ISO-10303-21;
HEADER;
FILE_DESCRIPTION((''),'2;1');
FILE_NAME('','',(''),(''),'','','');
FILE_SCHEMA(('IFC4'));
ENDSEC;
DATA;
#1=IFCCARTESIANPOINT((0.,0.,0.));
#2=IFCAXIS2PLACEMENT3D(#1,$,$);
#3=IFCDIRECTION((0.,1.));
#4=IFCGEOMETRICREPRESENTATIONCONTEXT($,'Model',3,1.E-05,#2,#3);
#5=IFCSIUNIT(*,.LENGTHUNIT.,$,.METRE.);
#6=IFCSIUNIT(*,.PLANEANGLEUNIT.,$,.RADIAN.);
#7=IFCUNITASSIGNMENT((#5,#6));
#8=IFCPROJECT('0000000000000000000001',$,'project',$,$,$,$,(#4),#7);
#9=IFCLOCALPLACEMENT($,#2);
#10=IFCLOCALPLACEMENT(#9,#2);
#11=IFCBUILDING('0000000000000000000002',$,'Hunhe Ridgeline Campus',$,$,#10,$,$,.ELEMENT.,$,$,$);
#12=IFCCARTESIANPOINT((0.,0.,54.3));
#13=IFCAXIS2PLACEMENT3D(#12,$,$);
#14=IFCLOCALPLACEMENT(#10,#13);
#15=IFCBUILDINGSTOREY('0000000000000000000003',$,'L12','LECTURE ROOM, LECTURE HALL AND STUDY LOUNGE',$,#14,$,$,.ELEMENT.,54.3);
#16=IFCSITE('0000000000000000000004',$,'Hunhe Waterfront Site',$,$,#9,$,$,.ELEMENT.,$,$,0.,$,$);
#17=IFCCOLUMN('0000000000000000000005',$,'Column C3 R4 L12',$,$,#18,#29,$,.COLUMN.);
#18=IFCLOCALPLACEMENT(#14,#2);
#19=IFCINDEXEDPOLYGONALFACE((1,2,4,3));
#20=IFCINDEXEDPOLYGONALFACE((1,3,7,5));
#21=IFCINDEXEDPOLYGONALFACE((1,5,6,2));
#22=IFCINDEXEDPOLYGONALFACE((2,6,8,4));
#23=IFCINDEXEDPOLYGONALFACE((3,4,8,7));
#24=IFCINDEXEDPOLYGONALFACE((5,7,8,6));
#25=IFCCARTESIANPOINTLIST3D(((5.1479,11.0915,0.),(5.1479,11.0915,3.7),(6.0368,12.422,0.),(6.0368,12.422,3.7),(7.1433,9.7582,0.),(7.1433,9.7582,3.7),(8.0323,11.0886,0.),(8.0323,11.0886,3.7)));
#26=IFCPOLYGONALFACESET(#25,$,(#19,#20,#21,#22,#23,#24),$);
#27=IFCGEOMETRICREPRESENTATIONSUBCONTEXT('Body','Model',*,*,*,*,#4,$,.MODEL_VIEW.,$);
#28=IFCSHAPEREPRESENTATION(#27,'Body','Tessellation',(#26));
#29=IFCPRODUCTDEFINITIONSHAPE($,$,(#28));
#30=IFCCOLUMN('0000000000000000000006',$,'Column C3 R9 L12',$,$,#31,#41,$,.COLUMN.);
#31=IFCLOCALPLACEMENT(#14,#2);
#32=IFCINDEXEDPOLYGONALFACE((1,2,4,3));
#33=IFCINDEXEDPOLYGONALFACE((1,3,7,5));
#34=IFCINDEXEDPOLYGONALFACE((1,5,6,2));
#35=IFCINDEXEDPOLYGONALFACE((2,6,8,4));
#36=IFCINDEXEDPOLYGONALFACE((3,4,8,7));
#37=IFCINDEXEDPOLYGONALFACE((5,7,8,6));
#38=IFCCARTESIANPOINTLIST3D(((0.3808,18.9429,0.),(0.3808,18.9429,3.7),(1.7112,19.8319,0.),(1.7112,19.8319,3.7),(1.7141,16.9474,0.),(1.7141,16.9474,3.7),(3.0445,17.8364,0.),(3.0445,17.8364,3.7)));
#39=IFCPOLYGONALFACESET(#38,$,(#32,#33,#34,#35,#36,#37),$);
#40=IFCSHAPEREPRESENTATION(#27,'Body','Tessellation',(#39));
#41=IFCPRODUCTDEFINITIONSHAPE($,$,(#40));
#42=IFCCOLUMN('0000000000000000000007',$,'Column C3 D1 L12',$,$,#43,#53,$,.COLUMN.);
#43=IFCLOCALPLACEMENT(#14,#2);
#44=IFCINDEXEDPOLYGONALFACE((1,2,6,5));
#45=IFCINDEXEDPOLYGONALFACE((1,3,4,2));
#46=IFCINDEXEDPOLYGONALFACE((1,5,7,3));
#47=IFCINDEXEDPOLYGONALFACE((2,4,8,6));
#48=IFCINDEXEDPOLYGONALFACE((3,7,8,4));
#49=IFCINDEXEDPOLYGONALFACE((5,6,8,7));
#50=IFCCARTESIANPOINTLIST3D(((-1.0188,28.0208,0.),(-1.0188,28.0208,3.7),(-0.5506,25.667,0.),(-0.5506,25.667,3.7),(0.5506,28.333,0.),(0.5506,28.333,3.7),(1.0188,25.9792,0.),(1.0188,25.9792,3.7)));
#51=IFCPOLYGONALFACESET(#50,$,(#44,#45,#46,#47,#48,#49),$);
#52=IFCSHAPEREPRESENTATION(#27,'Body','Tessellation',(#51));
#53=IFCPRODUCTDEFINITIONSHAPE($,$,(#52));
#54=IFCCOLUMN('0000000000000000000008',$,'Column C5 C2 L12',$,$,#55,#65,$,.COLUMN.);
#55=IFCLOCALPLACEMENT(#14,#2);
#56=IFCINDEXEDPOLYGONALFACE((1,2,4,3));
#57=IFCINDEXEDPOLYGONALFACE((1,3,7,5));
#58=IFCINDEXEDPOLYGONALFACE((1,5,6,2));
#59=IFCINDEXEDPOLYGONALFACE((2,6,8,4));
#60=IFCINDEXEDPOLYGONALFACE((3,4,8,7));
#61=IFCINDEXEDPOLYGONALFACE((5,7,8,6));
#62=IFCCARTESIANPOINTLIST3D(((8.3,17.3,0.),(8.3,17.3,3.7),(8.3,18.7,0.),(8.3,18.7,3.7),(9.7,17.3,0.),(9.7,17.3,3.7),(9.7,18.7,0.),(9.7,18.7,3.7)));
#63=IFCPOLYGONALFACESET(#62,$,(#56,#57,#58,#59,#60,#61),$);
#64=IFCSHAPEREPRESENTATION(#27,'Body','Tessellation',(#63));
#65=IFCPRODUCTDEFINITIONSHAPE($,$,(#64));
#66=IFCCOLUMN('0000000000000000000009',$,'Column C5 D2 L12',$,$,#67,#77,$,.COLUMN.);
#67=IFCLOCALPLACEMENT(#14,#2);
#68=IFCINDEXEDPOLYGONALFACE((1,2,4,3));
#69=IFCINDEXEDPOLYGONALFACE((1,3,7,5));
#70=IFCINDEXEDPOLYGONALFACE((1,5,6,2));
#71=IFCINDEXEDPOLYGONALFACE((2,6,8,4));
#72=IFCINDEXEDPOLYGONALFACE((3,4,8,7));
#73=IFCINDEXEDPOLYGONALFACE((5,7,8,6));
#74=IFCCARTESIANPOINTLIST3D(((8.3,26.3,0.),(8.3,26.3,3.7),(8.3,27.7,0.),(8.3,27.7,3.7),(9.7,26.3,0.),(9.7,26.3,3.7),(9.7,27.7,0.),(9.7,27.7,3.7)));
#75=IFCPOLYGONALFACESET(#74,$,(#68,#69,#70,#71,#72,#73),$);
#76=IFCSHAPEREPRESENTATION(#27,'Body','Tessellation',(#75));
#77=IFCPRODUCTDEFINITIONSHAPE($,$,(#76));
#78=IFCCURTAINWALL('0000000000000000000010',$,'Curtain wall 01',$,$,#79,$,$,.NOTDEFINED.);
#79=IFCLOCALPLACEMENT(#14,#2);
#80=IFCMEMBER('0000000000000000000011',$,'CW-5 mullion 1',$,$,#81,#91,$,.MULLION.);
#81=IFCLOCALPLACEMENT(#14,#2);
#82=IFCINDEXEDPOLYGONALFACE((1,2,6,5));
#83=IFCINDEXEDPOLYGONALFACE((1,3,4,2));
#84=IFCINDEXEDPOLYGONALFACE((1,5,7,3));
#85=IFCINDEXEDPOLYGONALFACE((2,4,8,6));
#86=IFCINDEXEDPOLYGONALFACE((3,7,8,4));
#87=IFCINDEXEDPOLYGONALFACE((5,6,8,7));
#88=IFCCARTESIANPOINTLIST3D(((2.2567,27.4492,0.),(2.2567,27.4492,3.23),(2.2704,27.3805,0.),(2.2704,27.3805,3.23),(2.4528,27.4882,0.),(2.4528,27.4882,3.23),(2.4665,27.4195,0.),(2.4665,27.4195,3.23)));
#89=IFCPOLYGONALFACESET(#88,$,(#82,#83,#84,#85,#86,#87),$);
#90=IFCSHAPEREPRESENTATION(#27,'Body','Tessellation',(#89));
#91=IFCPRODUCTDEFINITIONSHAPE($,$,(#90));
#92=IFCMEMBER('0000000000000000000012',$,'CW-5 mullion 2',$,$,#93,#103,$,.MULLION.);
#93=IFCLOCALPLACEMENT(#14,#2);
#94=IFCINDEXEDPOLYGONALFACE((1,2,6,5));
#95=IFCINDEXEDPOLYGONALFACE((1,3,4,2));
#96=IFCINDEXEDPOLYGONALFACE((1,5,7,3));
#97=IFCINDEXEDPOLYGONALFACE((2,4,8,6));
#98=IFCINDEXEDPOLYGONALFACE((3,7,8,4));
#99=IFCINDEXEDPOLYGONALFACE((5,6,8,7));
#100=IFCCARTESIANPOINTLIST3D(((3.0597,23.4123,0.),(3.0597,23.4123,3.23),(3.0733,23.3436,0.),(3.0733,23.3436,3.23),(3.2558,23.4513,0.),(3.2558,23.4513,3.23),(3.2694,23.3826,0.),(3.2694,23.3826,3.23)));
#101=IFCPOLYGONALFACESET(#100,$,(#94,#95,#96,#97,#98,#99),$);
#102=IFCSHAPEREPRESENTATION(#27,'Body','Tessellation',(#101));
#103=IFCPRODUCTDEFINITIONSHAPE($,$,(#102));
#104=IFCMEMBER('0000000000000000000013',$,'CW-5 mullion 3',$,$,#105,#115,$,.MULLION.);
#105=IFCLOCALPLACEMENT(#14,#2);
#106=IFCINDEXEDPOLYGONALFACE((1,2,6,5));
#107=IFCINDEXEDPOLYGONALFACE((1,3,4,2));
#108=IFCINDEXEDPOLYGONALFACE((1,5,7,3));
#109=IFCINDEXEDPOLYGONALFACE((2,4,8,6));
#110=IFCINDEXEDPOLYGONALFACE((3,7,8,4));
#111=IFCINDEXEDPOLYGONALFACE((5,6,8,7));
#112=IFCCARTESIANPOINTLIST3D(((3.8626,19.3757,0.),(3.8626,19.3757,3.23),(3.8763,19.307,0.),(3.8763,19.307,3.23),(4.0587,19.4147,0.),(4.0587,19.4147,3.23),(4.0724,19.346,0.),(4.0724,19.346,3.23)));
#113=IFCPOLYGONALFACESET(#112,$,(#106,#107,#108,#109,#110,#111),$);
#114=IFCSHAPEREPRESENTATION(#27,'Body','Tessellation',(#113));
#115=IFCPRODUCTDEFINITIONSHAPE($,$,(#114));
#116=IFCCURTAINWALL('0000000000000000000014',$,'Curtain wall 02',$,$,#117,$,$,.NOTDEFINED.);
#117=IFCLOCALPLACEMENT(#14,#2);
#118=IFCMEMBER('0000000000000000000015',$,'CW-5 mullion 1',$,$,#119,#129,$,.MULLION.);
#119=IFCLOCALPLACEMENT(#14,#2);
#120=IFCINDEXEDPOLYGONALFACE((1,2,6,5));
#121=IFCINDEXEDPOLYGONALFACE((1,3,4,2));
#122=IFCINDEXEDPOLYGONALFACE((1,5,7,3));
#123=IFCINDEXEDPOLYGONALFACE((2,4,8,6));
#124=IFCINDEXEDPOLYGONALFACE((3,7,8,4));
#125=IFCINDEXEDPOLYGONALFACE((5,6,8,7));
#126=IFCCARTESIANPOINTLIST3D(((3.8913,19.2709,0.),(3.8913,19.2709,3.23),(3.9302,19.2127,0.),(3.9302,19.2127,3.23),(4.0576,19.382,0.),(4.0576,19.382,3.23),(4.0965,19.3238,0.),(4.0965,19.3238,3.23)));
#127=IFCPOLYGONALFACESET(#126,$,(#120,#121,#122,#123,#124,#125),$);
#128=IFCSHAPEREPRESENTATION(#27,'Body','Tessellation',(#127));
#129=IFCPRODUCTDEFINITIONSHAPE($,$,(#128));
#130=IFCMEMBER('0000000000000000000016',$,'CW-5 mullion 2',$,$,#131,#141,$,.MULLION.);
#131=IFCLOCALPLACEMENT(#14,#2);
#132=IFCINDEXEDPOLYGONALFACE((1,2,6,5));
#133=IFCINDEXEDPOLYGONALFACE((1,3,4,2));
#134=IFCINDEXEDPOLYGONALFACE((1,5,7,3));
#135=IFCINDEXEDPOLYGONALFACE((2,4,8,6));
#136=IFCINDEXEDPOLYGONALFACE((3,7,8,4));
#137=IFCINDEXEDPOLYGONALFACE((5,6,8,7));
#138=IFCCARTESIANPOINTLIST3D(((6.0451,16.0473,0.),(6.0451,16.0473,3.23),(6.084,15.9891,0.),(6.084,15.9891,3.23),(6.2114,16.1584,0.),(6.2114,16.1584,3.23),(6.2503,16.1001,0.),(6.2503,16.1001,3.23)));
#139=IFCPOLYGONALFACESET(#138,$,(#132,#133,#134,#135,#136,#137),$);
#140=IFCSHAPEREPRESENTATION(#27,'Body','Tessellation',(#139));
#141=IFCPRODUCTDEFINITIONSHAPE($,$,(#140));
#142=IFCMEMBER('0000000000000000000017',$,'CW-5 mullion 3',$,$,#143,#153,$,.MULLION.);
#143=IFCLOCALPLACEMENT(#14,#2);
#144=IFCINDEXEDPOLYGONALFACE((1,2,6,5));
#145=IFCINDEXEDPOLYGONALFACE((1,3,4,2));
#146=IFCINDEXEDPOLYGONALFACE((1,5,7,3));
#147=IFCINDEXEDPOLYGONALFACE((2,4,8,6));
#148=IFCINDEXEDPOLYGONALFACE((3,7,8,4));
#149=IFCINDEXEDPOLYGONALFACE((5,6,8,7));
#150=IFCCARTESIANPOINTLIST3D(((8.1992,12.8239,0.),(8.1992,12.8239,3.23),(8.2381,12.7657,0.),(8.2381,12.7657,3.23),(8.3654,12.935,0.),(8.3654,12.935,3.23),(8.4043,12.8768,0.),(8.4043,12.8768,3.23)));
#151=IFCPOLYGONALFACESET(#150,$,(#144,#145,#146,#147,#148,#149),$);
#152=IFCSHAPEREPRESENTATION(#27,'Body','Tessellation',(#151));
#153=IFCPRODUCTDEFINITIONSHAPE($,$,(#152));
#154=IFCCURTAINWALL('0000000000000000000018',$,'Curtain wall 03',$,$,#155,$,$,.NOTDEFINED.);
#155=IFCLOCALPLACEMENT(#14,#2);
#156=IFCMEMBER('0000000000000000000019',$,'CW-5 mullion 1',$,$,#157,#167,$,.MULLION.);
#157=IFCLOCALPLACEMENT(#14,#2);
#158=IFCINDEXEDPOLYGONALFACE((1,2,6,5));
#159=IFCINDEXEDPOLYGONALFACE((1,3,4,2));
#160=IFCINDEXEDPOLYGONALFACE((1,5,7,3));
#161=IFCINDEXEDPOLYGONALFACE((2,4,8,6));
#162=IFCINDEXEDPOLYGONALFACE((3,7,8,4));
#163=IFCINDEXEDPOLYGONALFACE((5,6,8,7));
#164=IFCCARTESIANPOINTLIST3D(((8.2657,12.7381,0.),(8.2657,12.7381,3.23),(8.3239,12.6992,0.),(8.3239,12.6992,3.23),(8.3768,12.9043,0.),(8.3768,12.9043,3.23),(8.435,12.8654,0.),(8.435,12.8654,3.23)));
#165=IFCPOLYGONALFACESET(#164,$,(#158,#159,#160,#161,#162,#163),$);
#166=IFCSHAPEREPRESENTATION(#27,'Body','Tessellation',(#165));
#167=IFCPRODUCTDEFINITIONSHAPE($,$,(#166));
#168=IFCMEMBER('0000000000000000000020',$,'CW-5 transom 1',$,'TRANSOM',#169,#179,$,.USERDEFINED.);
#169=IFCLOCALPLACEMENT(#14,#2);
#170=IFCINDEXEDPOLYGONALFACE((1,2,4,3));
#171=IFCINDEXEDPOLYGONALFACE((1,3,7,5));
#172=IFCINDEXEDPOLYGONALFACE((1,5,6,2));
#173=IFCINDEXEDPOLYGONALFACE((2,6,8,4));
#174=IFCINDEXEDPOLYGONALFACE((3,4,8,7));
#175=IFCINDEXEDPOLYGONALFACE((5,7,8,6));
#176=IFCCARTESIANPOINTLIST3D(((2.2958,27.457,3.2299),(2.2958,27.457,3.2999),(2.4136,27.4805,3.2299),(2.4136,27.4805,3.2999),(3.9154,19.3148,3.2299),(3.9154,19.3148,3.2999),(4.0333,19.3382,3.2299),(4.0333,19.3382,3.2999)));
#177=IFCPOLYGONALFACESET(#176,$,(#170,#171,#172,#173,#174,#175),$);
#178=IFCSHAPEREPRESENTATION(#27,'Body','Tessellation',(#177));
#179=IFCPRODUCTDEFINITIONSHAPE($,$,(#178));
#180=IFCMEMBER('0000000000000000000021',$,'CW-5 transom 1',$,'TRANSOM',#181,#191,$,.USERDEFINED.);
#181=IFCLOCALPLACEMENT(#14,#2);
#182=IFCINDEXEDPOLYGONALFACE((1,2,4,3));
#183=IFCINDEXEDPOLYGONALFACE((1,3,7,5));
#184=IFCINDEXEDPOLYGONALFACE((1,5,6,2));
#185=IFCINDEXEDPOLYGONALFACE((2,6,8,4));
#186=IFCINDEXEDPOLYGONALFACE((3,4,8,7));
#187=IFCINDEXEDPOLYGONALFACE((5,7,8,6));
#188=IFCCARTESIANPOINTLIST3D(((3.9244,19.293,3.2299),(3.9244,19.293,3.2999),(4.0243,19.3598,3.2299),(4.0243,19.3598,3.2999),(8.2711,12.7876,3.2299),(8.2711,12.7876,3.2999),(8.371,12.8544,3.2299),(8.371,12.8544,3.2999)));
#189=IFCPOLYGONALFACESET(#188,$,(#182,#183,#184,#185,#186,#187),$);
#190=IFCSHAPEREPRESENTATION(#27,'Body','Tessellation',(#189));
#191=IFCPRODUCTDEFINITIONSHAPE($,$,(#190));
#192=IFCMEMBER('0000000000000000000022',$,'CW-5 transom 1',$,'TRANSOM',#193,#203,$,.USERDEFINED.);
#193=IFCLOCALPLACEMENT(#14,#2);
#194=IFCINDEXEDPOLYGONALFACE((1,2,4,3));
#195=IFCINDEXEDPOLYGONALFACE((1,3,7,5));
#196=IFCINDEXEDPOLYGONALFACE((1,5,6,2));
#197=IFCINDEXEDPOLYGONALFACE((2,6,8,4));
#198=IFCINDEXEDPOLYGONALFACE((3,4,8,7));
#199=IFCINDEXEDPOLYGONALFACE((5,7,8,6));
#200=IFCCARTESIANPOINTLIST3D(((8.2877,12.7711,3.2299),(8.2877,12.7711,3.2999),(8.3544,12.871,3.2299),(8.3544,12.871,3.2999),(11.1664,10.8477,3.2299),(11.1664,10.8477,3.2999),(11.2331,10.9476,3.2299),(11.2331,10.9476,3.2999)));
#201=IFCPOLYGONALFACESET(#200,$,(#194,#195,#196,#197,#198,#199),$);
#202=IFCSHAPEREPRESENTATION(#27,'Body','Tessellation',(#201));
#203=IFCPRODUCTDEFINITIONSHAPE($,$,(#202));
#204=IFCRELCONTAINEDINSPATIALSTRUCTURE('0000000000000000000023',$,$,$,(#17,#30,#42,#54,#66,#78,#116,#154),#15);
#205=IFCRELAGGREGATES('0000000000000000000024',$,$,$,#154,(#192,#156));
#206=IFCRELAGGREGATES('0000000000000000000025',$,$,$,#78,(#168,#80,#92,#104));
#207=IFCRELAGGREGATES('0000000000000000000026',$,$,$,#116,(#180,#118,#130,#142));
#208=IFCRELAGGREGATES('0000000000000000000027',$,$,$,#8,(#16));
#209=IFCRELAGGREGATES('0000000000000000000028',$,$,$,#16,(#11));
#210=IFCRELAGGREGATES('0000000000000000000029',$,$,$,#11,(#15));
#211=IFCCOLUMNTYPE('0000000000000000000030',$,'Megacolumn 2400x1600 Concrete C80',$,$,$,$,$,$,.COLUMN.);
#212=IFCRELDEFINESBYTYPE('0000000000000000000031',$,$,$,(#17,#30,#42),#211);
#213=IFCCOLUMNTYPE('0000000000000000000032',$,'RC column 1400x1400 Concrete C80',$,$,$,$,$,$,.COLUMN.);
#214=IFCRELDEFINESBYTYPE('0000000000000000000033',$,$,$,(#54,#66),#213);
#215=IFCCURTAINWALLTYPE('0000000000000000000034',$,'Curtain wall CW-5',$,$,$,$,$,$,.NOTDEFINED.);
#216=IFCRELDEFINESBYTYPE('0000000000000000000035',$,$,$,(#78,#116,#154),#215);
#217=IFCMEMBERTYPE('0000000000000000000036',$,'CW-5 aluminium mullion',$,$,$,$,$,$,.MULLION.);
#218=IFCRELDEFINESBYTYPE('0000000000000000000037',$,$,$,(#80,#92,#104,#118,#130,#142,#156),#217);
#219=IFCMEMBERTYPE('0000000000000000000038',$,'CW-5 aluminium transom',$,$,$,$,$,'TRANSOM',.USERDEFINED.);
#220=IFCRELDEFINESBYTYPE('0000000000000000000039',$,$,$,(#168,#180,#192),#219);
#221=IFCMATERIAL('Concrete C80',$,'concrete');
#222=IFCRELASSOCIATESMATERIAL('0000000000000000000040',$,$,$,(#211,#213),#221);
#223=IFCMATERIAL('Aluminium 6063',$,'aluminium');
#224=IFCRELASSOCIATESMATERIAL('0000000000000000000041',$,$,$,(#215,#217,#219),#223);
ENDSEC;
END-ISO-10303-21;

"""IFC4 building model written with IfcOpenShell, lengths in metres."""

from ifc_helpers import new_model, si_unit, direction, frame, origin, origin_2d, place, context, subcontext, project, spatial, rectangle, extrude, material, material_profile, profile_set, type_object, element, aggregate, save


model = new_model("IFC4")

# Units and contexts
model_context = context("Model", 3, precision=1e-05, world=origin(), true_north=direction((0.0, 1.0)))
body_context = subcontext(model_context, "Body", "Model", "MODEL_VIEW")
ifc_project = project(units=[si_unit("LENGTHUNIT", "METRE"), si_unit("PLANEANGLEUNIT", "RADIAN")], contexts=[model_context])

# Site, building, storey
site_placement = place(None, origin())
site = spatial("IfcSite", under=ifc_project, at=site_placement, Name="Hunhe Waterfront Site", CompositionType="ELEMENT", RefElevation=0.0)
building_placement = place(site_placement, origin())
building = spatial("IfcBuilding", under=site, at=building_placement, Name="Hunhe Ridgeline Campus", CompositionType="ELEMENT")
storey_placement = place(building_placement, frame((0.0, 0.0, 54.3)))
storey = spatial("IfcBuildingStorey", under=building, at=storey_placement, Name="L12", Description="LECTURE ROOM, LECTURE HALL AND STUDY LOUNGE", CompositionType="ELEMENT", Elevation=54.3)

# Columns
ifc_material_1 = material(Name="Concrete C80", Category="concrete")
ifc_material_profile_1 = material_profile(ifc_material_1, rectangle(XDim=2.3999, YDim=1.6001, at=origin_2d()))
ifc_profile_set_1 = profile_set([ifc_material_profile_1], Name="Concrete C80")
column_type_1 = type_object("IfcColumnType", Name="Megacolumn 2400x1600 Concrete C80", PredefinedType="COLUMN", material=ifc_profile_set_1)
for number, where, z_axis, x_axis, name in (
    (1, (6.5901, 11.0901, 0.0), (0.0, 0.0, 1.0), (-0.83147, 0.55557, 0.0), "Column C3 R4 L12"),
    (2, (1.7126, 18.3896, 0.0), (0.0, 0.0, 1.0), (-0.55557, 0.83147, 0.0), "Column C3 R9 L12"),
    (3, (0.0, 27.0, 0.0), (0.0, 0.0, 1.0), (-0.19509, 0.980785, 0.0), "Column C3 D1 L12"),
):
    element("IfcColumn", number, at=place(storey_placement, frame(where, z_axis=z_axis, x_axis=x_axis)), inside=storey, type_object=column_type_1, Name=name, PredefinedType="COLUMN", context=body_context, shape_type="SweptSolid", body=[
        extrude(rectangle(XDim=2.3999, YDim=1.6001, at=origin_2d()), origin(), (0.0, 0.0, 1.0), 3.7),
    ])
ifc_material_profile_2 = material_profile(ifc_material_1, rectangle(XDim=1.3999, YDim=1.3999, at=origin_2d()))
ifc_profile_set_2 = profile_set([ifc_material_profile_2], Name="Concrete C80")
column_type_2 = type_object("IfcColumnType", Name="RC column 1400x1400 Concrete C80", PredefinedType="COLUMN", material=ifc_profile_set_2)
for number, where, z_axis, x_axis, name in (
    (4, (9.0, 18.0, 0.0), (0.0, 0.0, 1.0), (1.0, 0.0, 0.0), "Column C5 C2 L12"),
    (5, (9.0, 27.0, 0.0), (0.0, 0.0, 1.0), (1.0, 0.0, 0.0), "Column C5 D2 L12"),
):
    element("IfcColumn", number, at=place(storey_placement, frame(where, z_axis=z_axis, x_axis=x_axis)), inside=storey, type_object=column_type_2, Name=name, PredefinedType="COLUMN", context=body_context, shape_type="SweptSolid", body=[
        extrude(rectangle(XDim=1.3999, YDim=1.3999, at=origin_2d()), origin(), (0.0, 0.0, 1.0), 3.7),
    ])

# Curtain walls, members
ifc_material_2 = material(Name="Aluminium 6063", Category="aluminium")
curtain_wall_type = type_object("IfcCurtainWallType", Name="Curtain wall CW-5", PredefinedType="NOTDEFINED", material=ifc_material_2)
curtain_wall_1_placement = place(storey_placement, origin())
curtain_wall_1 = element("IfcCurtainWall", 6, at=curtain_wall_1_placement, inside=storey, type_object=curtain_wall_type, Name="Curtain wall 01", PredefinedType="NOTDEFINED")
ifc_material_profile_3 = material_profile(ifc_material_2, rectangle(XDim=0.2, YDim=0.0701, at=origin_2d()))
ifc_profile_set_3 = profile_set([ifc_material_profile_3], Name="Aluminium 6063")
member_type_1 = type_object("IfcMemberType", Name="CW-5 aluminium mullion", PredefinedType="MULLION", material=ifc_profile_set_3)
member_1_placement = place(storey_placement, frame((2.3616, 27.4343, 0.0), z_axis=(0.0, 0.0, 1.0), x_axis=(0.980784, 0.195095, 0.0)))
member_1 = element("IfcMember", 7, at=member_1_placement, type_object=member_type_1, Name="CW-5 mullion 1", PredefinedType="MULLION", context=body_context, shape_type="SweptSolid", body=[
    extrude(rectangle(XDim=0.2, YDim=0.0701, at=origin_2d()), origin(), (0.0, 0.0, 1.0), 3.23),
])
member_2_placement = place(storey_placement, frame((3.1646, 23.3975, 0.0), z_axis=(0.0, 0.0, 1.0), x_axis=(0.980784, 0.195095, 0.0)))
member_2 = element("IfcMember", 8, at=member_2_placement, type_object=member_type_1, Name="CW-5 mullion 2", PredefinedType="MULLION", context=body_context, shape_type="SweptSolid", body=[
    extrude(rectangle(XDim=0.2, YDim=0.0701, at=origin_2d()), origin(), (0.0, 0.0, 1.0), 3.23),
])
member_3_placement = place(storey_placement, frame((3.9675, 19.3608, 0.0), z_axis=(0.0, 0.0, 1.0), x_axis=(0.980784, 0.195095, 0.0)))
member_3 = element("IfcMember", 9, at=member_3_placement, type_object=member_type_1, Name="CW-5 mullion 3", PredefinedType="MULLION", context=body_context, shape_type="SweptSolid", body=[
    extrude(rectangle(XDim=0.2, YDim=0.0701, at=origin_2d()), origin(), (0.0, 0.0, 1.0), 3.23),
])
curtain_wall_2_placement = place(storey_placement, origin())
curtain_wall_2 = element("IfcCurtainWall", 10, at=curtain_wall_2_placement, inside=storey, type_object=curtain_wall_type, Name="Curtain wall 02", PredefinedType="NOTDEFINED")
member_4_placement = place(storey_placement, frame((3.9939, 19.2974, 0.0), z_axis=(0.0, 0.0, 1.0), x_axis=(0.83147, 0.55557, 0.0)))
member_4 = element("IfcMember", 11, at=member_4_placement, type_object=member_type_1, Name="CW-5 mullion 1", PredefinedType="MULLION", context=body_context, shape_type="SweptSolid", body=[
    extrude(rectangle(XDim=0.2, YDim=0.0701, at=origin_2d()), origin(), (0.0, 0.0, 1.0), 3.23),
])
member_5_placement = place(storey_placement, frame((6.1477, 16.0737, 0.0), z_axis=(0.0, 0.0, 1.0), x_axis=(0.83147, 0.55557, 0.0)))
member_5 = element("IfcMember", 12, at=member_5_placement, type_object=member_type_1, Name="CW-5 mullion 2", PredefinedType="MULLION", context=body_context, shape_type="SweptSolid", body=[
    extrude(rectangle(XDim=0.2, YDim=0.0701, at=origin_2d()), origin(), (0.0, 0.0, 1.0), 3.23),
])
member_6_placement = place(storey_placement, frame((8.3018, 12.8503, 0.0), z_axis=(0.0, 0.0, 1.0), x_axis=(0.83147, 0.55557, 0.0)))
member_6 = element("IfcMember", 13, at=member_6_placement, type_object=member_type_1, Name="CW-5 mullion 3", PredefinedType="MULLION", context=body_context, shape_type="SweptSolid", body=[
    extrude(rectangle(XDim=0.2, YDim=0.0701, at=origin_2d()), origin(), (0.0, 0.0, 1.0), 3.23),
])

# Curtain wall, member
curtain_wall_3_placement = place(storey_placement, origin())
curtain_wall_3 = element("IfcCurtainWall", 14, at=curtain_wall_3_placement, inside=storey, type_object=curtain_wall_type, Name="Curtain wall 03", PredefinedType="NOTDEFINED")
member_7_placement = place(storey_placement, frame((8.3503, 12.8018, 0.0), z_axis=(0.0, 0.0, 1.0), x_axis=(0.55557, 0.83147, 0.0)))
member_7 = element("IfcMember", 15, at=member_7_placement, type_object=member_type_1, Name="CW-5 mullion 1", PredefinedType="MULLION", context=body_context, shape_type="SweptSolid", body=[
    extrude(rectangle(XDim=0.2, YDim=0.0701, at=origin_2d()), origin(), (0.0, 0.0, 1.0), 3.23),
])

# Members
ifc_material_profile_4 = material_profile(ifc_material_2, rectangle(XDim=0.1201, YDim=0.0701, at=origin_2d()))
ifc_profile_set_4 = profile_set([ifc_material_profile_4], Name="Aluminium 6063")
member_type_2 = type_object("IfcMemberType", Name="CW-5 aluminium transom", ElementType="TRANSOM", PredefinedType="USERDEFINED", material=ifc_profile_set_4)
member_8_placement = place(storey_placement, frame((2.3547, 27.4688, 3.2649), z_axis=(0.195092, -0.980785, 0.0), x_axis=(0.980785, 0.195092, 0.0)))
member_8 = element("IfcMember", 16, at=member_8_placement, type_object=member_type_2, Name="CW-5 transom 1", ObjectType="TRANSOM", PredefinedType="USERDEFINED", context=body_context, shape_type="SweptSolid", body=[
    extrude(rectangle(XDim=0.1201, YDim=0.0701, at=origin_2d()), origin(), (0.0, 0.0, 1.0), 8.3018),
])
member_9_placement = place(storey_placement, frame((3.9744, 19.3264, 3.2649), z_axis=(0.555564, -0.831474, 0.0), x_axis=(0.831474, 0.555564, 0.0)))
member_9 = element("IfcMember", 17, at=member_9_placement, type_object=member_type_2, Name="CW-5 transom 1", ObjectType="TRANSOM", PredefinedType="USERDEFINED", context=body_context, shape_type="SweptSolid", body=[
    extrude(rectangle(XDim=0.1201, YDim=0.0701, at=origin_2d()), origin(), (0.0, 0.0, 1.0), 7.824),
])
member_10_placement = place(storey_placement, frame((8.321, 12.821, 3.2649), z_axis=(0.831486, -0.555546, 0.0), x_axis=(0.555546, 0.831486, 0.0)))
member_10 = element("IfcMember", 18, at=member_10_placement, type_object=member_type_2, Name="CW-5 transom 1", ObjectType="TRANSOM", PredefinedType="USERDEFINED", context=body_context, shape_type="SweptSolid", body=[
    extrude(rectangle(XDim=0.1201, YDim=0.0701, at=origin_2d()), origin(), (0.0, 0.0, 1.0), 3.4622),
])
aggregate(curtain_wall_3, [member_10, member_7])

aggregate(curtain_wall_1, [member_8, member_1, member_2, member_3])
aggregate(curtain_wall_2, [member_9, member_4, member_5, member_6])

save(model, "model.ifc")
